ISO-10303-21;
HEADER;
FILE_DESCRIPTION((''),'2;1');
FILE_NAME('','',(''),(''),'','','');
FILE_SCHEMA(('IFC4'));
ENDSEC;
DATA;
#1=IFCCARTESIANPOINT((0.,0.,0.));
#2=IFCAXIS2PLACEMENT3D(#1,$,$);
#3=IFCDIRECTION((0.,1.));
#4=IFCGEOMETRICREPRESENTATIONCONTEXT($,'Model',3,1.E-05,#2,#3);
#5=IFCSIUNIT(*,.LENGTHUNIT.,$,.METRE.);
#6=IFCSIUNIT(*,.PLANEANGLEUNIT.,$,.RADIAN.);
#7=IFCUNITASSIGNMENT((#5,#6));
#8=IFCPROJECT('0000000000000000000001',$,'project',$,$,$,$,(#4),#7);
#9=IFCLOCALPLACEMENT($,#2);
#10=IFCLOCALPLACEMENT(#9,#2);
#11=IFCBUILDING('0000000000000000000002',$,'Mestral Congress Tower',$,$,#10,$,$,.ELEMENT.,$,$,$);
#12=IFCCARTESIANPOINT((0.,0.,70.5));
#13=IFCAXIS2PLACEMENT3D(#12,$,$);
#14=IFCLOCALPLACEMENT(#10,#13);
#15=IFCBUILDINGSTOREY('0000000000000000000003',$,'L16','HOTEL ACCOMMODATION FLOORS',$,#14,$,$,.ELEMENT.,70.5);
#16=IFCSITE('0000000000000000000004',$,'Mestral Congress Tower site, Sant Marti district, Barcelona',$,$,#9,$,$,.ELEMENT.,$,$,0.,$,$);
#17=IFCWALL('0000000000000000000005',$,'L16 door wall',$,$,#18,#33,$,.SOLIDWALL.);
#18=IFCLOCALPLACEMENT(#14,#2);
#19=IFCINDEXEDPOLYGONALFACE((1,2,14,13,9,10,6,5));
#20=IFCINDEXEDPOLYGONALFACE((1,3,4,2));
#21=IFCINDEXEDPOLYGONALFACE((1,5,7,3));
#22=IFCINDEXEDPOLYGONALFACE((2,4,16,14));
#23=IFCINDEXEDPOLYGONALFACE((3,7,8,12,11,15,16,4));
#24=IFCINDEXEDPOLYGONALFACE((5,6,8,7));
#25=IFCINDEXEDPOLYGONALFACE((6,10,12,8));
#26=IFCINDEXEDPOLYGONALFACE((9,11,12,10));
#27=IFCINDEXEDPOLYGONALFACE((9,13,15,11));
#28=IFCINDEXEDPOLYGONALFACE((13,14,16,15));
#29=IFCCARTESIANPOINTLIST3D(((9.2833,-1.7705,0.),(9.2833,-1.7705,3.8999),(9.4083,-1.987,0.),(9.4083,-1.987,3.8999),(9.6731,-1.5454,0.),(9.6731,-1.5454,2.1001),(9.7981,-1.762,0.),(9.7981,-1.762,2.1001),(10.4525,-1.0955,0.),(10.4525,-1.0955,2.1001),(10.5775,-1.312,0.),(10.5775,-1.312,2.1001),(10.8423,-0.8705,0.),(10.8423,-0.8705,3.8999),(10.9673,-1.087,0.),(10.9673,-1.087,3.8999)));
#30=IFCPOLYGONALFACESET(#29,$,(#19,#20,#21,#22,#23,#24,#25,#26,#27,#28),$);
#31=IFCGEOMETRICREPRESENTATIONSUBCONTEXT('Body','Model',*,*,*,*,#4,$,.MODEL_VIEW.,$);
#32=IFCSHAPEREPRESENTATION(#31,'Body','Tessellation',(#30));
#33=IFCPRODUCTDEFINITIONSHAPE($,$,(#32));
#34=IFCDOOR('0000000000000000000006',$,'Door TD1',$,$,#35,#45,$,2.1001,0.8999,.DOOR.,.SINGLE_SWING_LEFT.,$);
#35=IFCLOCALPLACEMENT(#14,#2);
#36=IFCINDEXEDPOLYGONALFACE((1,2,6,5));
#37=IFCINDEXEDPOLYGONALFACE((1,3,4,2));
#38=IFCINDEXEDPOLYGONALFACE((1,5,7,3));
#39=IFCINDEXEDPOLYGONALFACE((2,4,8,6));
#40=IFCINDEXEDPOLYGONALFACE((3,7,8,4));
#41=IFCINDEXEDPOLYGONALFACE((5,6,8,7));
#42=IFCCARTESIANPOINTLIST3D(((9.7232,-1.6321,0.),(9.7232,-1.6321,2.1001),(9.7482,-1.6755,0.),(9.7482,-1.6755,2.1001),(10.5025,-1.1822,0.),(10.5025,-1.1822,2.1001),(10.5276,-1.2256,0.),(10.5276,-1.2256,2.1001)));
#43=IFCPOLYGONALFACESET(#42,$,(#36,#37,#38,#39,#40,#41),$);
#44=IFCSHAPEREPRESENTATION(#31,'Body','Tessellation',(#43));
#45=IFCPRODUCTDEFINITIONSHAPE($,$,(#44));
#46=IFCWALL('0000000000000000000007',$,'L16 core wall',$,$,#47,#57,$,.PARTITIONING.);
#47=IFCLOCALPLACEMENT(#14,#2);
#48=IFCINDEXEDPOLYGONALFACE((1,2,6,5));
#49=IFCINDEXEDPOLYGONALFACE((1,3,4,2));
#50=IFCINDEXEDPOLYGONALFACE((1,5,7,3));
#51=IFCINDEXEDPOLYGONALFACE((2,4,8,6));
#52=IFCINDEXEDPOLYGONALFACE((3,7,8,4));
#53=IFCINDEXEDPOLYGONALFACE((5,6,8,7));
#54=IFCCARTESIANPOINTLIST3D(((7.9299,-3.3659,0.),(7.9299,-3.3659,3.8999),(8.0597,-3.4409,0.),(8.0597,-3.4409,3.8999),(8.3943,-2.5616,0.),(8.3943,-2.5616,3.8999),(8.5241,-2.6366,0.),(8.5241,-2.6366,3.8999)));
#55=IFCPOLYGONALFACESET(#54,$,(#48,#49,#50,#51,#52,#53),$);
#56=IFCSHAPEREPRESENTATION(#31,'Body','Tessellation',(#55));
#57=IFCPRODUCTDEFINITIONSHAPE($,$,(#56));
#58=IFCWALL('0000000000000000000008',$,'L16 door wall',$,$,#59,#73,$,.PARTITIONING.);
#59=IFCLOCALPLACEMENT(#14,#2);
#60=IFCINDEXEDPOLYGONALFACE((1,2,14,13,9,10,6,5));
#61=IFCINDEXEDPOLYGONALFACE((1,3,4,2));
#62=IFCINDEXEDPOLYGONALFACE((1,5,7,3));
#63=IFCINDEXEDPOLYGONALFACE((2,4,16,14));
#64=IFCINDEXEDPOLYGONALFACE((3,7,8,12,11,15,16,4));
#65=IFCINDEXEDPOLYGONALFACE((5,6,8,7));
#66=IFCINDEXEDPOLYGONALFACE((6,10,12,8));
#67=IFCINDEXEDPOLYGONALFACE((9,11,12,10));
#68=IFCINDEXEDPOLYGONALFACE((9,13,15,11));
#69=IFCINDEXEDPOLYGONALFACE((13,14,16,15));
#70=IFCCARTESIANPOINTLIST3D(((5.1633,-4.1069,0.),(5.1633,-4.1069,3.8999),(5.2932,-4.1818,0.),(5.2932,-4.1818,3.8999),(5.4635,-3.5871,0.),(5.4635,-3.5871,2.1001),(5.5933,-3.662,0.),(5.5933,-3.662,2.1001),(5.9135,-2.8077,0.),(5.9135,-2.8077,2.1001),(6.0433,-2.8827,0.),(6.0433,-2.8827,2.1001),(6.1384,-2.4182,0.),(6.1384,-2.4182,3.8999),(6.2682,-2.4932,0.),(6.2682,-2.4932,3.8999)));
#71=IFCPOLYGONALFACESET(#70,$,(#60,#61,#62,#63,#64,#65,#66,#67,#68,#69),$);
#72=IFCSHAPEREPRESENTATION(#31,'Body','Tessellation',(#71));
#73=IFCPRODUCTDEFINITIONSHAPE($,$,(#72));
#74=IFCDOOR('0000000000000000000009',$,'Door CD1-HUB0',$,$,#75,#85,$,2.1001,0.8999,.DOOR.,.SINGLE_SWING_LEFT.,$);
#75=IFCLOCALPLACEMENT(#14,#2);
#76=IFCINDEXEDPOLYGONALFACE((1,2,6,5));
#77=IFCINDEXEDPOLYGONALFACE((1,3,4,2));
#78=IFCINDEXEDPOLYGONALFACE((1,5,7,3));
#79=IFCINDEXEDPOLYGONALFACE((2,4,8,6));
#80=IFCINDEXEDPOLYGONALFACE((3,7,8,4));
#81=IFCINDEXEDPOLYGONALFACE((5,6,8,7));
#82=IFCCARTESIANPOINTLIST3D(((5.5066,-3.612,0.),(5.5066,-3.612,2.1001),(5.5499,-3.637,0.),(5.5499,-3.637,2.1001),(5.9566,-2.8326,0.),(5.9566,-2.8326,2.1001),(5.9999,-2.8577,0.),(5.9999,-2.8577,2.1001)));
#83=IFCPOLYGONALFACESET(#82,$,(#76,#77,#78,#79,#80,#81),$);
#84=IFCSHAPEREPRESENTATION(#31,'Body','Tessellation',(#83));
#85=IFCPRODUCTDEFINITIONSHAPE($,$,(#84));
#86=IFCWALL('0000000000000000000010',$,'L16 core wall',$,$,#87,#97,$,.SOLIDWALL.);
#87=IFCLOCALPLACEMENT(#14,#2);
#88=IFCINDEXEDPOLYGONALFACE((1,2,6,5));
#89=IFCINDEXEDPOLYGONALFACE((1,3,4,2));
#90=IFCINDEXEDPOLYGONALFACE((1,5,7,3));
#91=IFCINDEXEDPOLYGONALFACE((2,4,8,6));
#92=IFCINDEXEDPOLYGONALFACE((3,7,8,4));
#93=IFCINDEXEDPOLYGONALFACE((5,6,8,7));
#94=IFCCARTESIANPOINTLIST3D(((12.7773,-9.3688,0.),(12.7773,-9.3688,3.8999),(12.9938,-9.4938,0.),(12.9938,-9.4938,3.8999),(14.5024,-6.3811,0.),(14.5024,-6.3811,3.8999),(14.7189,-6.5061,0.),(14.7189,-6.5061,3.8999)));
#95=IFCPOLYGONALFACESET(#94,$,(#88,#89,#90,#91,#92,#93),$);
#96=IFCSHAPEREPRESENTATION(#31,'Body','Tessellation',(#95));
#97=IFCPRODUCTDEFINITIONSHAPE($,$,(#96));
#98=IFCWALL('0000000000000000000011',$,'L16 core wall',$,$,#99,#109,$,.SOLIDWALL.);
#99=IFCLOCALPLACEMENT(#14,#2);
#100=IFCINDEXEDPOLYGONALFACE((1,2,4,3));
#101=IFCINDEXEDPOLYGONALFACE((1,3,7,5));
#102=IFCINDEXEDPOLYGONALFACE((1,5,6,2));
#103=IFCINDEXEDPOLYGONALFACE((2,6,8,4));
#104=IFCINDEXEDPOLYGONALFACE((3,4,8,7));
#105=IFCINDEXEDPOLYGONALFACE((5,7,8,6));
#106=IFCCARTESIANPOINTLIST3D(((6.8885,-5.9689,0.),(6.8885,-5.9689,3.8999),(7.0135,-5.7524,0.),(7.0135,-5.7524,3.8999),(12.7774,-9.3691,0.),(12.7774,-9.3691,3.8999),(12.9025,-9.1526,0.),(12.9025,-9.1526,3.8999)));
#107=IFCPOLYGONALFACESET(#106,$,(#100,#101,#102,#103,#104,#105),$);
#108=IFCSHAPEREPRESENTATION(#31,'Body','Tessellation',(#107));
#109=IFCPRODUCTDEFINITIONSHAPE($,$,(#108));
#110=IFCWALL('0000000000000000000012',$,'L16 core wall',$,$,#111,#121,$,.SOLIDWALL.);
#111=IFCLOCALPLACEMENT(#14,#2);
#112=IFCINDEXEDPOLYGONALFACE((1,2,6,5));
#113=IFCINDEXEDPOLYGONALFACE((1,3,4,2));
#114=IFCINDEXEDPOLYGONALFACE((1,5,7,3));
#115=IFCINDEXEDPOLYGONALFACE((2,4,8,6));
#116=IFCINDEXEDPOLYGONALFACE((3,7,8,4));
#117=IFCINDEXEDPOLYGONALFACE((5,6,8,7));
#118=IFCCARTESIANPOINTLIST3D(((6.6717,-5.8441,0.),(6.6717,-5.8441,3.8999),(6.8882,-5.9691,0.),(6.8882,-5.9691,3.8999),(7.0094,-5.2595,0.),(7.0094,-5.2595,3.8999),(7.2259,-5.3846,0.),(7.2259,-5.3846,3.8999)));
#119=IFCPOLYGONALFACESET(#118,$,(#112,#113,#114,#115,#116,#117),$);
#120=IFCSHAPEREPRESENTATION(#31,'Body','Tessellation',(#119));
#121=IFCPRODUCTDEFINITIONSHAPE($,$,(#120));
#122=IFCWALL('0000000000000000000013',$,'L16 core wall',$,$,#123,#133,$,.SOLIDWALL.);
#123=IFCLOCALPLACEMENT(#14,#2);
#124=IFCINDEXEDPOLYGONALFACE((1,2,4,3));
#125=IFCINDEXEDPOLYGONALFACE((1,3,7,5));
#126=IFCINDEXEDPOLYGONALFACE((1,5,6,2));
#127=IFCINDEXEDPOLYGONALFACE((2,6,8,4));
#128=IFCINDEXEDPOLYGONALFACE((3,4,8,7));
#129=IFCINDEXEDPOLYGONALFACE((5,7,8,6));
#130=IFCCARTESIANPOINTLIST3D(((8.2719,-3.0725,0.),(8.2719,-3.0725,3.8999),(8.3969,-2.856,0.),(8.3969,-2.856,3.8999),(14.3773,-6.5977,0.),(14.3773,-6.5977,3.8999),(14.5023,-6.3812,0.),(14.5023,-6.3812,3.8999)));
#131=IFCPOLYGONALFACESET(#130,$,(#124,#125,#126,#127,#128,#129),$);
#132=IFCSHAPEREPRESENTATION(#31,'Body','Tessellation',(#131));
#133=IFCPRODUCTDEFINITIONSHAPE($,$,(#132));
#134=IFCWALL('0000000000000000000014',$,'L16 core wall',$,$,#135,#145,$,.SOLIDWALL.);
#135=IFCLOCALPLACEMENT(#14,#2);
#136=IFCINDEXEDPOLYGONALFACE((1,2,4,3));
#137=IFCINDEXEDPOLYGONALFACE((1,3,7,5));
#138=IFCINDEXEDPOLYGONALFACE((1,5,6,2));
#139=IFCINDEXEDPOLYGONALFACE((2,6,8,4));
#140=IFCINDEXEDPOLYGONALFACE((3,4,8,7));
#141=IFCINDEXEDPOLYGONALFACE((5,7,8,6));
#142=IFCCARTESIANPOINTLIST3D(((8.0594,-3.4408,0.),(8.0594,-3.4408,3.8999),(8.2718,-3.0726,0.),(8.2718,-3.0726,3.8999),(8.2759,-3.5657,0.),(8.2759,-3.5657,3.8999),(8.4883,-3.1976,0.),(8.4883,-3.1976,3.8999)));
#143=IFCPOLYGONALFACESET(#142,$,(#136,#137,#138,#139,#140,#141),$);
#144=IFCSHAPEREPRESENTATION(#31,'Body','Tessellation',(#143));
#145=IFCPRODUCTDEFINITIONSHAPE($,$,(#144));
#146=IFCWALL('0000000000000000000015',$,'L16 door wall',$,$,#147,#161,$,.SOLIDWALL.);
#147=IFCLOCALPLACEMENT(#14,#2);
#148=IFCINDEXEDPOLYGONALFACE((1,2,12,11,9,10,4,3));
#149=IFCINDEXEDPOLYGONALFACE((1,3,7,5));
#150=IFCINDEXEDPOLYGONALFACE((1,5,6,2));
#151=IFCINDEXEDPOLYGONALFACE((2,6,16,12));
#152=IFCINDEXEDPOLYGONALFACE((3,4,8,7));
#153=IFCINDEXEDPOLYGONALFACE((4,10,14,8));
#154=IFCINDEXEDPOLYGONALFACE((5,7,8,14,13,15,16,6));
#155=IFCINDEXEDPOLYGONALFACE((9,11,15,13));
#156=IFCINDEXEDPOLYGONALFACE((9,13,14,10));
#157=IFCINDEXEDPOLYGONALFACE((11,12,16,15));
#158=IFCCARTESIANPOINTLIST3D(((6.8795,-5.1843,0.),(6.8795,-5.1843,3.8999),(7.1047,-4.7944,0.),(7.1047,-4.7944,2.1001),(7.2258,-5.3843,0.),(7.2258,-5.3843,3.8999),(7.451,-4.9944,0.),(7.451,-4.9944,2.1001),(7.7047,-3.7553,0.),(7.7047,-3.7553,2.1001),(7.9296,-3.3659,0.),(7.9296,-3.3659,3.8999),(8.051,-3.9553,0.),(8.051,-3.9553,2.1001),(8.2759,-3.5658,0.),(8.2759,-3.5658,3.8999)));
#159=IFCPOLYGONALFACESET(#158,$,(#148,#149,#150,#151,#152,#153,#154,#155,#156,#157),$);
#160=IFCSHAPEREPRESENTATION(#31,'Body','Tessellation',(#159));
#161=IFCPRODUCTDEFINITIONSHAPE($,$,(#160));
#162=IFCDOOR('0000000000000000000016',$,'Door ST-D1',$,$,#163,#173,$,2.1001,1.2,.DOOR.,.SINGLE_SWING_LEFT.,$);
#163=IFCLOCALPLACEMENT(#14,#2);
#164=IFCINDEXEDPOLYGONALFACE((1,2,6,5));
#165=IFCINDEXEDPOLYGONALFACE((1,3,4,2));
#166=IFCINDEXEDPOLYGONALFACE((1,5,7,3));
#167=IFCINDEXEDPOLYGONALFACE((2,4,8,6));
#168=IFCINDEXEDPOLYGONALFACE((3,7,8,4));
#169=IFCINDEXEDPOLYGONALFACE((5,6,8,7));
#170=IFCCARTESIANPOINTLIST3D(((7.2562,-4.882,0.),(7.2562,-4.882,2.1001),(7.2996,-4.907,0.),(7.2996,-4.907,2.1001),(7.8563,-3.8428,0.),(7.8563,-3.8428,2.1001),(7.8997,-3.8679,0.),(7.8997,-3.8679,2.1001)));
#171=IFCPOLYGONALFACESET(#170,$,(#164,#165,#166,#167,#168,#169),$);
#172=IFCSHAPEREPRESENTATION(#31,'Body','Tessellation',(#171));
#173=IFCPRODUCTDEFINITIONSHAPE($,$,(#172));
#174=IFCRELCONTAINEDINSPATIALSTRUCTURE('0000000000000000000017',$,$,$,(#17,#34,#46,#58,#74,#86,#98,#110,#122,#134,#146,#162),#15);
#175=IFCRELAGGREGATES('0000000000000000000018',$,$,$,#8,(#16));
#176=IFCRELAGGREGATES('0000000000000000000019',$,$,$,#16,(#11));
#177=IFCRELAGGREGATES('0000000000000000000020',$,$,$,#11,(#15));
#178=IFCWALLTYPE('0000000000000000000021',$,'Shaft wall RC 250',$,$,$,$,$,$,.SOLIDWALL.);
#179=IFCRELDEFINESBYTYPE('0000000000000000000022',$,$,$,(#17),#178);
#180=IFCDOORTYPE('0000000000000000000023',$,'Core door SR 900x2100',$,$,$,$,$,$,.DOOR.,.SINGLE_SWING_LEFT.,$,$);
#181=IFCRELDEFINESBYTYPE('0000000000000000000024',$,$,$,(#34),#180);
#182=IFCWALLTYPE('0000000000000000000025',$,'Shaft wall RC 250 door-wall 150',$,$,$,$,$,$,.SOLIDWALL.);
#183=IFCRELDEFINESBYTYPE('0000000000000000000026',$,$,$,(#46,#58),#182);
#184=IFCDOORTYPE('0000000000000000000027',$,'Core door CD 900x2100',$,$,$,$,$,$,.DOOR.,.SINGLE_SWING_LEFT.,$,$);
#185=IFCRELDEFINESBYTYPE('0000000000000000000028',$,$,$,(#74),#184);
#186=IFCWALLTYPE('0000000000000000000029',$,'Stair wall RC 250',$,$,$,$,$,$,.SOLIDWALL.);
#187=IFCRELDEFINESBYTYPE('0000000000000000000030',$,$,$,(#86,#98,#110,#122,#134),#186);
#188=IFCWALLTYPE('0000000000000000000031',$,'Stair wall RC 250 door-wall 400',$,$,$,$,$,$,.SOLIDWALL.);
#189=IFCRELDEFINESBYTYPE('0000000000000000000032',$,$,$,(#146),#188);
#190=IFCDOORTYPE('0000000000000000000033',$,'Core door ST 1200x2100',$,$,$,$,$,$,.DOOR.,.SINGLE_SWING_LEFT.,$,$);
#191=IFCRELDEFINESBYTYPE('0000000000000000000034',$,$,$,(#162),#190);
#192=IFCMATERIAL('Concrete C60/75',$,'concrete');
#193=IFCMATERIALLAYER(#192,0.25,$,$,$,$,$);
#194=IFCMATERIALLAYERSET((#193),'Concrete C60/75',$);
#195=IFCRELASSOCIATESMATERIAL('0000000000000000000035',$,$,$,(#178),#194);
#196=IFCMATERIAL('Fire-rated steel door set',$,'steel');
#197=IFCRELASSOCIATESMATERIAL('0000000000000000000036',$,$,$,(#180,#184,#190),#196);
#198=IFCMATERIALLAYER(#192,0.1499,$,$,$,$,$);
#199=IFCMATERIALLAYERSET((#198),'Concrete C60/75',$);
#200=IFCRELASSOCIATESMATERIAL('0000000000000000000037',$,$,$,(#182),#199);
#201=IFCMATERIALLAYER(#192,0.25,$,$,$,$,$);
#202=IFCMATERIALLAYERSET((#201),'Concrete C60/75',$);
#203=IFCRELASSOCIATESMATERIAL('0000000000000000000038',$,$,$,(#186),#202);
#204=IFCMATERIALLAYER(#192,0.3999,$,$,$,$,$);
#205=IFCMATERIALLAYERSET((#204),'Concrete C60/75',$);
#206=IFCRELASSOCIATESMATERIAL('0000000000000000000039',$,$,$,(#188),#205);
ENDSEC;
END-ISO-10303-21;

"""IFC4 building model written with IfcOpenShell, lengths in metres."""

from ifc_helpers import new_model, si_unit, direction, frame, frame_2d, origin, place, context, subcontext, project, spatial, rectangle, extrude, material, layer, layer_set, type_object, element, fill, save


model = new_model("IFC4")

# Units and contexts
model_context = context("Model", 3, precision=1e-05, world=origin(), true_north=direction((0.0, 1.0)))
body_context = subcontext(model_context, "Body", "Model", "MODEL_VIEW")
ifc_project = project(units=[si_unit("LENGTHUNIT", "METRE"), si_unit("PLANEANGLEUNIT", "RADIAN")], contexts=[model_context])

# Site, building, storey
site_placement = place(None, origin())
site = spatial("IfcSite", under=ifc_project, at=site_placement, Name="Mestral Congress Tower site, Sant Marti district, Barcelona", CompositionType="ELEMENT", RefElevation=0.0)
building_placement = place(site_placement, origin())
building = spatial("IfcBuilding", under=site, at=building_placement, Name="Mestral Congress Tower", CompositionType="ELEMENT")
storey_placement = place(building_placement, frame((0.0, 0.0, 70.5)))
storey = spatial("IfcBuildingStorey", under=building, at=storey_placement, Name="L16", Description="HOTEL ACCOMMODATION FLOORS", CompositionType="ELEMENT", Elevation=70.5)

# Shared definitions
ifc_material_1 = material(Name="Fire-rated steel door set", Category="steel")

# Shared definitions
ifc_material_2 = material(Name="Concrete C60/75", Category="concrete")
ifc_layer_1 = layer(ifc_material_2, 0.25)
ifc_layer_set_1 = layer_set([ifc_layer_1], Name="Concrete C60/75")
wall_type_1 = type_object("IfcWallType", Name="Shaft wall RC 250", PredefinedType="SOLIDWALL", material=ifc_layer_set_1)

# Wall, opening, door
door_type_1 = type_object("IfcDoorType", Name="Core door SR 900x2100", OperationType="SINGLE_SWING_LEFT", PredefinedType="DOOR", material=ifc_material_1)
wall_1_placement = place(storey_placement, frame((9.3459, -1.8787, 0.0), z_axis=(0.0, 0.0, 1.0), x_axis=(0.866048, 0.499961, 0.0)))
wall_1 = element("IfcWall", 1, at=wall_1_placement, inside=storey, type_object=wall_type_1, Name="L16 door wall", PredefinedType="SOLIDWALL", context=body_context, shape_type="SweptSolid", body=[
    extrude(rectangle(XDim=1.8, YDim=0.25, at=frame_2d((0.8999, 0.0))), origin(), (0.0, 0.0, 1.0), 3.8999),
])
opening_1_placement = place(wall_1_placement, frame((0.45, 0.0, 0.0)))
opening_1 = element("IfcOpeningElement", 2, at=opening_1_placement, cuts=wall_1, PredefinedType="OPENING", context=body_context, shape_type="SweptSolid", body=[
    extrude(rectangle(XDim=0.8999, YDim=2.1001, at=frame_2d((0.45, 1.05))), frame((0.0, 0.135, 0.0), z_axis=(0.0, -1.0, 0.0), x_axis=(1.0, 0.0, 0.0)), (0.0, 0.0, 1.0), 0.27),
])
door_1_placement = place(opening_1_placement, origin())
door_1 = element("IfcDoor", 3, at=door_1_placement, inside=storey, type_object=door_type_1, Name="Door TD1", OperationType="SINGLE_SWING_LEFT", OverallHeight=2.1001, OverallWidth=0.8999, PredefinedType="DOOR", context=body_context, shape_type="SweptSolid", body=[
    extrude(rectangle(XDim=0.8999, YDim=2.1001, at=frame_2d((0.45, 1.05))), frame((0.0, 0.0249, 0.0), z_axis=(0.0, -1.0, 0.0), x_axis=(1.0, 0.0, 0.0)), (0.0, 0.0, 1.0), 0.05),
])
fill(opening_1, door_1)

# Wall
ifc_layer_2 = layer(ifc_material_2, 0.1499)
ifc_layer_set_2 = layer_set([ifc_layer_2], Name="Concrete C60/75")
wall_type_2 = type_object("IfcWallType", Name="Shaft wall RC 250 door-wall 150", PredefinedType="SOLIDWALL", material=ifc_layer_set_2)
wall_2_placement = place(storey_placement, frame((8.4592, -2.5991, 0.0), z_axis=(0.0, 0.0, 1.0), x_axis=(-0.500041, -0.866002, 0.0)))
element("IfcWall", 4, at=wall_2_placement, inside=storey, type_object=wall_type_2, Name="L16 core wall", PredefinedType="PARTITIONING", context=body_context, shape_type="SweptSolid", body=[
    extrude(rectangle(XDim=0.9287, YDim=0.1499, at=frame_2d((0.4644, 0.0))), origin(), (0.0, 0.0, 1.0), 3.8999),
])

# Wall, opening, door
wall_3_placement = place(storey_placement, frame((6.2034, -2.4556, 0.0), z_axis=(0.0, 0.0, 1.0), x_axis=(-0.500044, -0.866, 0.0)))
wall_3 = element("IfcWall", 5, at=wall_3_placement, inside=storey, type_object=wall_type_2, Name="L16 door wall", PredefinedType="PARTITIONING", context=body_context, shape_type="SweptSolid", body=[
    extrude(rectangle(XDim=1.95, YDim=0.1499, at=frame_2d((0.9751, 0.0))), origin(), (0.0, 0.0, 1.0), 3.8999),
])
opening_2_placement = place(wall_3_placement, frame((0.45, 0.0, 0.0)))
opening_2 = element("IfcOpeningElement", 6, at=opening_2_placement, cuts=wall_3, PredefinedType="OPENING", context=body_context, shape_type="SweptSolid", body=[
    extrude(rectangle(XDim=0.8999, YDim=2.1001, at=frame_2d((0.45, 1.05))), frame((0.0, 0.085, 0.0), z_axis=(0.0, -1.0, 0.0), x_axis=(1.0, 0.0, 0.0)), (0.0, 0.0, 1.0), 0.1699),
])
door_type_2 = type_object("IfcDoorType", Name="Core door CD 900x2100", OperationType="SINGLE_SWING_LEFT", PredefinedType="DOOR", material=ifc_material_1)
door_2_placement = place(opening_2_placement, origin())
door_2 = element("IfcDoor", 7, at=door_2_placement, inside=storey, type_object=door_type_2, Name="Door CD1-HUB0", OperationType="SINGLE_SWING_LEFT", OverallHeight=2.1001, OverallWidth=0.8999, PredefinedType="DOOR", context=body_context, shape_type="SweptSolid", body=[
    extrude(rectangle(XDim=0.8999, YDim=2.1001, at=frame_2d((0.45, 1.05))), frame((0.0, 0.0249, 0.0), z_axis=(0.0, -1.0, 0.0), x_axis=(1.0, 0.0, 0.0)), (0.0, 0.0, 1.0), 0.05),
])
fill(opening_2, door_2)

# Walls
ifc_layer_3 = layer(ifc_material_2, 0.25)
ifc_layer_set_3 = layer_set([ifc_layer_3], Name="Concrete C60/75")
wall_type_3 = type_object("IfcWallType", Name="Stair wall RC 250", PredefinedType="SOLIDWALL", material=ifc_layer_set_3)
wall_4_placement = place(storey_placement, frame((12.8855, -9.4314, 0.0), z_axis=(0.0, 0.0, 1.0), x_axis=(0.500021, 0.866014, 0.0)))
element("IfcWall", 8, at=wall_4_placement, inside=storey, type_object=wall_type_3, Name="L16 core wall", PredefinedType="SOLIDWALL", context=body_context, shape_type="SweptSolid", body=[
    extrude(rectangle(XDim=3.45, YDim=0.25, at=frame_2d((1.7251, 0.0))), origin(), (0.0, 0.0, 1.0), 3.8999),
])
wall_5_placement = place(storey_placement, frame((12.8398, -9.2607, 0.0), z_axis=(0.0, 0.0, 1.0), x_axis=(-0.866014, 0.50002, 0.0)))
element("IfcWall", 9, at=wall_5_placement, inside=storey, type_object=wall_type_3, Name="L16 core wall", PredefinedType="SOLIDWALL", context=body_context, shape_type="SweptSolid", body=[
    extrude(rectangle(XDim=6.8, YDim=0.25, at=frame_2d((3.3999, 0.0))), origin(), (0.0, 0.0, 1.0), 3.8999),
])
wall_6_placement = place(storey_placement, frame((6.78, -5.9065, 0.0), z_axis=(0.0, 0.0, 1.0), x_axis=(0.500223, 0.865896, 0.0)))
element("IfcWall", 10, at=wall_6_placement, inside=storey, type_object=wall_type_3, Name="L16 core wall", PredefinedType="SOLIDWALL", context=body_context, shape_type="SweptSolid", body=[
    extrude(rectangle(XDim=0.675, YDim=0.25, at=frame_2d((0.3374, 0.0))), origin(), (0.0, 0.0, 1.0), 3.8999),
])
wall_7_placement = place(storey_placement, frame((8.3345, -2.9644, 0.0), z_axis=(0.0, 0.0, 1.0), x_axis=(0.866016, -0.500016, 0.0)))
element("IfcWall", 11, at=wall_7_placement, inside=storey, type_object=wall_type_3, Name="L16 core wall", PredefinedType="SOLIDWALL", context=body_context, shape_type="SweptSolid", body=[
    extrude(rectangle(XDim=7.05, YDim=0.25, at=frame_2d((3.5249, 0.0))), origin(), (0.0, 0.0, 1.0), 3.8999),
])
wall_8_placement = place(storey_placement, frame((8.1677, -3.5032, 0.0), z_axis=(0.0, 0.0, 1.0), x_axis=(0.499722, 0.866186, 0.0)))
element("IfcWall", 12, at=wall_8_placement, inside=storey, type_object=wall_type_3, Name="L16 core wall", PredefinedType="SOLIDWALL", context=body_context, shape_type="SweptSolid", body=[
    extrude(rectangle(XDim=0.425, YDim=0.25, at=frame_2d((0.2124, 0.0))), origin(), (0.0, 0.0, 1.0), 3.8999),
])

# Wall, opening, door
ifc_layer_4 = layer(ifc_material_2, 0.3999)
ifc_layer_set_4 = layer_set([ifc_layer_4], Name="Concrete C60/75")
wall_type_4 = type_object("IfcWallType", Name="Stair wall RC 250 door-wall 400", PredefinedType="SOLIDWALL", material=ifc_layer_set_4)
wall_9_placement = place(storey_placement, frame((7.0527, -5.2842, 0.0), z_axis=(0.0, 0.0, 1.0), x_axis=(0.500078, 0.86598, 0.0)))
wall_9 = element("IfcWall", 13, at=wall_9_placement, inside=storey, type_object=wall_type_4, Name="L16 door wall", PredefinedType="SOLIDWALL", context=body_context, shape_type="SweptSolid", body=[
    extrude(rectangle(XDim=2.0999, YDim=0.3999, at=frame_2d((1.0498, 0.0))), origin(), (0.0, 0.0, 1.0), 3.8999),
])
opening_3_placement = place(wall_9_placement, frame((0.45, 0.0, 0.0)))
opening_3 = element("IfcOpeningElement", 14, at=opening_3_placement, cuts=wall_9, PredefinedType="OPENING", context=body_context, shape_type="SweptSolid", body=[
    extrude(rectangle(XDim=1.2, YDim=2.1001, at=frame_2d((0.6001, 1.05))), frame((0.0, 0.21, 0.0), z_axis=(0.0, -1.0, 0.0), x_axis=(1.0, 0.0, 0.0)), (0.0, 0.0, 1.0), 0.4199),
])
door_type_3 = type_object("IfcDoorType", Name="Core door ST 1200x2100", OperationType="SINGLE_SWING_LEFT", PredefinedType="DOOR", material=ifc_material_1)
door_3_placement = place(opening_3_placement, origin())
door_3 = element("IfcDoor", 15, at=door_3_placement, inside=storey, type_object=door_type_3, Name="Door ST-D1", OperationType="SINGLE_SWING_LEFT", OverallHeight=2.1001, OverallWidth=1.2, PredefinedType="DOOR", context=body_context, shape_type="SweptSolid", body=[
    extrude(rectangle(XDim=1.2, YDim=2.1001, at=frame_2d((0.6001, 1.05))), frame((0.0, 0.0249, 0.0), z_axis=(0.0, -1.0, 0.0), x_axis=(1.0, 0.0, 0.0)), (0.0, 0.0, 1.0), 0.05),
])
fill(opening_3, door_3)

save(model, "model.ifc")
